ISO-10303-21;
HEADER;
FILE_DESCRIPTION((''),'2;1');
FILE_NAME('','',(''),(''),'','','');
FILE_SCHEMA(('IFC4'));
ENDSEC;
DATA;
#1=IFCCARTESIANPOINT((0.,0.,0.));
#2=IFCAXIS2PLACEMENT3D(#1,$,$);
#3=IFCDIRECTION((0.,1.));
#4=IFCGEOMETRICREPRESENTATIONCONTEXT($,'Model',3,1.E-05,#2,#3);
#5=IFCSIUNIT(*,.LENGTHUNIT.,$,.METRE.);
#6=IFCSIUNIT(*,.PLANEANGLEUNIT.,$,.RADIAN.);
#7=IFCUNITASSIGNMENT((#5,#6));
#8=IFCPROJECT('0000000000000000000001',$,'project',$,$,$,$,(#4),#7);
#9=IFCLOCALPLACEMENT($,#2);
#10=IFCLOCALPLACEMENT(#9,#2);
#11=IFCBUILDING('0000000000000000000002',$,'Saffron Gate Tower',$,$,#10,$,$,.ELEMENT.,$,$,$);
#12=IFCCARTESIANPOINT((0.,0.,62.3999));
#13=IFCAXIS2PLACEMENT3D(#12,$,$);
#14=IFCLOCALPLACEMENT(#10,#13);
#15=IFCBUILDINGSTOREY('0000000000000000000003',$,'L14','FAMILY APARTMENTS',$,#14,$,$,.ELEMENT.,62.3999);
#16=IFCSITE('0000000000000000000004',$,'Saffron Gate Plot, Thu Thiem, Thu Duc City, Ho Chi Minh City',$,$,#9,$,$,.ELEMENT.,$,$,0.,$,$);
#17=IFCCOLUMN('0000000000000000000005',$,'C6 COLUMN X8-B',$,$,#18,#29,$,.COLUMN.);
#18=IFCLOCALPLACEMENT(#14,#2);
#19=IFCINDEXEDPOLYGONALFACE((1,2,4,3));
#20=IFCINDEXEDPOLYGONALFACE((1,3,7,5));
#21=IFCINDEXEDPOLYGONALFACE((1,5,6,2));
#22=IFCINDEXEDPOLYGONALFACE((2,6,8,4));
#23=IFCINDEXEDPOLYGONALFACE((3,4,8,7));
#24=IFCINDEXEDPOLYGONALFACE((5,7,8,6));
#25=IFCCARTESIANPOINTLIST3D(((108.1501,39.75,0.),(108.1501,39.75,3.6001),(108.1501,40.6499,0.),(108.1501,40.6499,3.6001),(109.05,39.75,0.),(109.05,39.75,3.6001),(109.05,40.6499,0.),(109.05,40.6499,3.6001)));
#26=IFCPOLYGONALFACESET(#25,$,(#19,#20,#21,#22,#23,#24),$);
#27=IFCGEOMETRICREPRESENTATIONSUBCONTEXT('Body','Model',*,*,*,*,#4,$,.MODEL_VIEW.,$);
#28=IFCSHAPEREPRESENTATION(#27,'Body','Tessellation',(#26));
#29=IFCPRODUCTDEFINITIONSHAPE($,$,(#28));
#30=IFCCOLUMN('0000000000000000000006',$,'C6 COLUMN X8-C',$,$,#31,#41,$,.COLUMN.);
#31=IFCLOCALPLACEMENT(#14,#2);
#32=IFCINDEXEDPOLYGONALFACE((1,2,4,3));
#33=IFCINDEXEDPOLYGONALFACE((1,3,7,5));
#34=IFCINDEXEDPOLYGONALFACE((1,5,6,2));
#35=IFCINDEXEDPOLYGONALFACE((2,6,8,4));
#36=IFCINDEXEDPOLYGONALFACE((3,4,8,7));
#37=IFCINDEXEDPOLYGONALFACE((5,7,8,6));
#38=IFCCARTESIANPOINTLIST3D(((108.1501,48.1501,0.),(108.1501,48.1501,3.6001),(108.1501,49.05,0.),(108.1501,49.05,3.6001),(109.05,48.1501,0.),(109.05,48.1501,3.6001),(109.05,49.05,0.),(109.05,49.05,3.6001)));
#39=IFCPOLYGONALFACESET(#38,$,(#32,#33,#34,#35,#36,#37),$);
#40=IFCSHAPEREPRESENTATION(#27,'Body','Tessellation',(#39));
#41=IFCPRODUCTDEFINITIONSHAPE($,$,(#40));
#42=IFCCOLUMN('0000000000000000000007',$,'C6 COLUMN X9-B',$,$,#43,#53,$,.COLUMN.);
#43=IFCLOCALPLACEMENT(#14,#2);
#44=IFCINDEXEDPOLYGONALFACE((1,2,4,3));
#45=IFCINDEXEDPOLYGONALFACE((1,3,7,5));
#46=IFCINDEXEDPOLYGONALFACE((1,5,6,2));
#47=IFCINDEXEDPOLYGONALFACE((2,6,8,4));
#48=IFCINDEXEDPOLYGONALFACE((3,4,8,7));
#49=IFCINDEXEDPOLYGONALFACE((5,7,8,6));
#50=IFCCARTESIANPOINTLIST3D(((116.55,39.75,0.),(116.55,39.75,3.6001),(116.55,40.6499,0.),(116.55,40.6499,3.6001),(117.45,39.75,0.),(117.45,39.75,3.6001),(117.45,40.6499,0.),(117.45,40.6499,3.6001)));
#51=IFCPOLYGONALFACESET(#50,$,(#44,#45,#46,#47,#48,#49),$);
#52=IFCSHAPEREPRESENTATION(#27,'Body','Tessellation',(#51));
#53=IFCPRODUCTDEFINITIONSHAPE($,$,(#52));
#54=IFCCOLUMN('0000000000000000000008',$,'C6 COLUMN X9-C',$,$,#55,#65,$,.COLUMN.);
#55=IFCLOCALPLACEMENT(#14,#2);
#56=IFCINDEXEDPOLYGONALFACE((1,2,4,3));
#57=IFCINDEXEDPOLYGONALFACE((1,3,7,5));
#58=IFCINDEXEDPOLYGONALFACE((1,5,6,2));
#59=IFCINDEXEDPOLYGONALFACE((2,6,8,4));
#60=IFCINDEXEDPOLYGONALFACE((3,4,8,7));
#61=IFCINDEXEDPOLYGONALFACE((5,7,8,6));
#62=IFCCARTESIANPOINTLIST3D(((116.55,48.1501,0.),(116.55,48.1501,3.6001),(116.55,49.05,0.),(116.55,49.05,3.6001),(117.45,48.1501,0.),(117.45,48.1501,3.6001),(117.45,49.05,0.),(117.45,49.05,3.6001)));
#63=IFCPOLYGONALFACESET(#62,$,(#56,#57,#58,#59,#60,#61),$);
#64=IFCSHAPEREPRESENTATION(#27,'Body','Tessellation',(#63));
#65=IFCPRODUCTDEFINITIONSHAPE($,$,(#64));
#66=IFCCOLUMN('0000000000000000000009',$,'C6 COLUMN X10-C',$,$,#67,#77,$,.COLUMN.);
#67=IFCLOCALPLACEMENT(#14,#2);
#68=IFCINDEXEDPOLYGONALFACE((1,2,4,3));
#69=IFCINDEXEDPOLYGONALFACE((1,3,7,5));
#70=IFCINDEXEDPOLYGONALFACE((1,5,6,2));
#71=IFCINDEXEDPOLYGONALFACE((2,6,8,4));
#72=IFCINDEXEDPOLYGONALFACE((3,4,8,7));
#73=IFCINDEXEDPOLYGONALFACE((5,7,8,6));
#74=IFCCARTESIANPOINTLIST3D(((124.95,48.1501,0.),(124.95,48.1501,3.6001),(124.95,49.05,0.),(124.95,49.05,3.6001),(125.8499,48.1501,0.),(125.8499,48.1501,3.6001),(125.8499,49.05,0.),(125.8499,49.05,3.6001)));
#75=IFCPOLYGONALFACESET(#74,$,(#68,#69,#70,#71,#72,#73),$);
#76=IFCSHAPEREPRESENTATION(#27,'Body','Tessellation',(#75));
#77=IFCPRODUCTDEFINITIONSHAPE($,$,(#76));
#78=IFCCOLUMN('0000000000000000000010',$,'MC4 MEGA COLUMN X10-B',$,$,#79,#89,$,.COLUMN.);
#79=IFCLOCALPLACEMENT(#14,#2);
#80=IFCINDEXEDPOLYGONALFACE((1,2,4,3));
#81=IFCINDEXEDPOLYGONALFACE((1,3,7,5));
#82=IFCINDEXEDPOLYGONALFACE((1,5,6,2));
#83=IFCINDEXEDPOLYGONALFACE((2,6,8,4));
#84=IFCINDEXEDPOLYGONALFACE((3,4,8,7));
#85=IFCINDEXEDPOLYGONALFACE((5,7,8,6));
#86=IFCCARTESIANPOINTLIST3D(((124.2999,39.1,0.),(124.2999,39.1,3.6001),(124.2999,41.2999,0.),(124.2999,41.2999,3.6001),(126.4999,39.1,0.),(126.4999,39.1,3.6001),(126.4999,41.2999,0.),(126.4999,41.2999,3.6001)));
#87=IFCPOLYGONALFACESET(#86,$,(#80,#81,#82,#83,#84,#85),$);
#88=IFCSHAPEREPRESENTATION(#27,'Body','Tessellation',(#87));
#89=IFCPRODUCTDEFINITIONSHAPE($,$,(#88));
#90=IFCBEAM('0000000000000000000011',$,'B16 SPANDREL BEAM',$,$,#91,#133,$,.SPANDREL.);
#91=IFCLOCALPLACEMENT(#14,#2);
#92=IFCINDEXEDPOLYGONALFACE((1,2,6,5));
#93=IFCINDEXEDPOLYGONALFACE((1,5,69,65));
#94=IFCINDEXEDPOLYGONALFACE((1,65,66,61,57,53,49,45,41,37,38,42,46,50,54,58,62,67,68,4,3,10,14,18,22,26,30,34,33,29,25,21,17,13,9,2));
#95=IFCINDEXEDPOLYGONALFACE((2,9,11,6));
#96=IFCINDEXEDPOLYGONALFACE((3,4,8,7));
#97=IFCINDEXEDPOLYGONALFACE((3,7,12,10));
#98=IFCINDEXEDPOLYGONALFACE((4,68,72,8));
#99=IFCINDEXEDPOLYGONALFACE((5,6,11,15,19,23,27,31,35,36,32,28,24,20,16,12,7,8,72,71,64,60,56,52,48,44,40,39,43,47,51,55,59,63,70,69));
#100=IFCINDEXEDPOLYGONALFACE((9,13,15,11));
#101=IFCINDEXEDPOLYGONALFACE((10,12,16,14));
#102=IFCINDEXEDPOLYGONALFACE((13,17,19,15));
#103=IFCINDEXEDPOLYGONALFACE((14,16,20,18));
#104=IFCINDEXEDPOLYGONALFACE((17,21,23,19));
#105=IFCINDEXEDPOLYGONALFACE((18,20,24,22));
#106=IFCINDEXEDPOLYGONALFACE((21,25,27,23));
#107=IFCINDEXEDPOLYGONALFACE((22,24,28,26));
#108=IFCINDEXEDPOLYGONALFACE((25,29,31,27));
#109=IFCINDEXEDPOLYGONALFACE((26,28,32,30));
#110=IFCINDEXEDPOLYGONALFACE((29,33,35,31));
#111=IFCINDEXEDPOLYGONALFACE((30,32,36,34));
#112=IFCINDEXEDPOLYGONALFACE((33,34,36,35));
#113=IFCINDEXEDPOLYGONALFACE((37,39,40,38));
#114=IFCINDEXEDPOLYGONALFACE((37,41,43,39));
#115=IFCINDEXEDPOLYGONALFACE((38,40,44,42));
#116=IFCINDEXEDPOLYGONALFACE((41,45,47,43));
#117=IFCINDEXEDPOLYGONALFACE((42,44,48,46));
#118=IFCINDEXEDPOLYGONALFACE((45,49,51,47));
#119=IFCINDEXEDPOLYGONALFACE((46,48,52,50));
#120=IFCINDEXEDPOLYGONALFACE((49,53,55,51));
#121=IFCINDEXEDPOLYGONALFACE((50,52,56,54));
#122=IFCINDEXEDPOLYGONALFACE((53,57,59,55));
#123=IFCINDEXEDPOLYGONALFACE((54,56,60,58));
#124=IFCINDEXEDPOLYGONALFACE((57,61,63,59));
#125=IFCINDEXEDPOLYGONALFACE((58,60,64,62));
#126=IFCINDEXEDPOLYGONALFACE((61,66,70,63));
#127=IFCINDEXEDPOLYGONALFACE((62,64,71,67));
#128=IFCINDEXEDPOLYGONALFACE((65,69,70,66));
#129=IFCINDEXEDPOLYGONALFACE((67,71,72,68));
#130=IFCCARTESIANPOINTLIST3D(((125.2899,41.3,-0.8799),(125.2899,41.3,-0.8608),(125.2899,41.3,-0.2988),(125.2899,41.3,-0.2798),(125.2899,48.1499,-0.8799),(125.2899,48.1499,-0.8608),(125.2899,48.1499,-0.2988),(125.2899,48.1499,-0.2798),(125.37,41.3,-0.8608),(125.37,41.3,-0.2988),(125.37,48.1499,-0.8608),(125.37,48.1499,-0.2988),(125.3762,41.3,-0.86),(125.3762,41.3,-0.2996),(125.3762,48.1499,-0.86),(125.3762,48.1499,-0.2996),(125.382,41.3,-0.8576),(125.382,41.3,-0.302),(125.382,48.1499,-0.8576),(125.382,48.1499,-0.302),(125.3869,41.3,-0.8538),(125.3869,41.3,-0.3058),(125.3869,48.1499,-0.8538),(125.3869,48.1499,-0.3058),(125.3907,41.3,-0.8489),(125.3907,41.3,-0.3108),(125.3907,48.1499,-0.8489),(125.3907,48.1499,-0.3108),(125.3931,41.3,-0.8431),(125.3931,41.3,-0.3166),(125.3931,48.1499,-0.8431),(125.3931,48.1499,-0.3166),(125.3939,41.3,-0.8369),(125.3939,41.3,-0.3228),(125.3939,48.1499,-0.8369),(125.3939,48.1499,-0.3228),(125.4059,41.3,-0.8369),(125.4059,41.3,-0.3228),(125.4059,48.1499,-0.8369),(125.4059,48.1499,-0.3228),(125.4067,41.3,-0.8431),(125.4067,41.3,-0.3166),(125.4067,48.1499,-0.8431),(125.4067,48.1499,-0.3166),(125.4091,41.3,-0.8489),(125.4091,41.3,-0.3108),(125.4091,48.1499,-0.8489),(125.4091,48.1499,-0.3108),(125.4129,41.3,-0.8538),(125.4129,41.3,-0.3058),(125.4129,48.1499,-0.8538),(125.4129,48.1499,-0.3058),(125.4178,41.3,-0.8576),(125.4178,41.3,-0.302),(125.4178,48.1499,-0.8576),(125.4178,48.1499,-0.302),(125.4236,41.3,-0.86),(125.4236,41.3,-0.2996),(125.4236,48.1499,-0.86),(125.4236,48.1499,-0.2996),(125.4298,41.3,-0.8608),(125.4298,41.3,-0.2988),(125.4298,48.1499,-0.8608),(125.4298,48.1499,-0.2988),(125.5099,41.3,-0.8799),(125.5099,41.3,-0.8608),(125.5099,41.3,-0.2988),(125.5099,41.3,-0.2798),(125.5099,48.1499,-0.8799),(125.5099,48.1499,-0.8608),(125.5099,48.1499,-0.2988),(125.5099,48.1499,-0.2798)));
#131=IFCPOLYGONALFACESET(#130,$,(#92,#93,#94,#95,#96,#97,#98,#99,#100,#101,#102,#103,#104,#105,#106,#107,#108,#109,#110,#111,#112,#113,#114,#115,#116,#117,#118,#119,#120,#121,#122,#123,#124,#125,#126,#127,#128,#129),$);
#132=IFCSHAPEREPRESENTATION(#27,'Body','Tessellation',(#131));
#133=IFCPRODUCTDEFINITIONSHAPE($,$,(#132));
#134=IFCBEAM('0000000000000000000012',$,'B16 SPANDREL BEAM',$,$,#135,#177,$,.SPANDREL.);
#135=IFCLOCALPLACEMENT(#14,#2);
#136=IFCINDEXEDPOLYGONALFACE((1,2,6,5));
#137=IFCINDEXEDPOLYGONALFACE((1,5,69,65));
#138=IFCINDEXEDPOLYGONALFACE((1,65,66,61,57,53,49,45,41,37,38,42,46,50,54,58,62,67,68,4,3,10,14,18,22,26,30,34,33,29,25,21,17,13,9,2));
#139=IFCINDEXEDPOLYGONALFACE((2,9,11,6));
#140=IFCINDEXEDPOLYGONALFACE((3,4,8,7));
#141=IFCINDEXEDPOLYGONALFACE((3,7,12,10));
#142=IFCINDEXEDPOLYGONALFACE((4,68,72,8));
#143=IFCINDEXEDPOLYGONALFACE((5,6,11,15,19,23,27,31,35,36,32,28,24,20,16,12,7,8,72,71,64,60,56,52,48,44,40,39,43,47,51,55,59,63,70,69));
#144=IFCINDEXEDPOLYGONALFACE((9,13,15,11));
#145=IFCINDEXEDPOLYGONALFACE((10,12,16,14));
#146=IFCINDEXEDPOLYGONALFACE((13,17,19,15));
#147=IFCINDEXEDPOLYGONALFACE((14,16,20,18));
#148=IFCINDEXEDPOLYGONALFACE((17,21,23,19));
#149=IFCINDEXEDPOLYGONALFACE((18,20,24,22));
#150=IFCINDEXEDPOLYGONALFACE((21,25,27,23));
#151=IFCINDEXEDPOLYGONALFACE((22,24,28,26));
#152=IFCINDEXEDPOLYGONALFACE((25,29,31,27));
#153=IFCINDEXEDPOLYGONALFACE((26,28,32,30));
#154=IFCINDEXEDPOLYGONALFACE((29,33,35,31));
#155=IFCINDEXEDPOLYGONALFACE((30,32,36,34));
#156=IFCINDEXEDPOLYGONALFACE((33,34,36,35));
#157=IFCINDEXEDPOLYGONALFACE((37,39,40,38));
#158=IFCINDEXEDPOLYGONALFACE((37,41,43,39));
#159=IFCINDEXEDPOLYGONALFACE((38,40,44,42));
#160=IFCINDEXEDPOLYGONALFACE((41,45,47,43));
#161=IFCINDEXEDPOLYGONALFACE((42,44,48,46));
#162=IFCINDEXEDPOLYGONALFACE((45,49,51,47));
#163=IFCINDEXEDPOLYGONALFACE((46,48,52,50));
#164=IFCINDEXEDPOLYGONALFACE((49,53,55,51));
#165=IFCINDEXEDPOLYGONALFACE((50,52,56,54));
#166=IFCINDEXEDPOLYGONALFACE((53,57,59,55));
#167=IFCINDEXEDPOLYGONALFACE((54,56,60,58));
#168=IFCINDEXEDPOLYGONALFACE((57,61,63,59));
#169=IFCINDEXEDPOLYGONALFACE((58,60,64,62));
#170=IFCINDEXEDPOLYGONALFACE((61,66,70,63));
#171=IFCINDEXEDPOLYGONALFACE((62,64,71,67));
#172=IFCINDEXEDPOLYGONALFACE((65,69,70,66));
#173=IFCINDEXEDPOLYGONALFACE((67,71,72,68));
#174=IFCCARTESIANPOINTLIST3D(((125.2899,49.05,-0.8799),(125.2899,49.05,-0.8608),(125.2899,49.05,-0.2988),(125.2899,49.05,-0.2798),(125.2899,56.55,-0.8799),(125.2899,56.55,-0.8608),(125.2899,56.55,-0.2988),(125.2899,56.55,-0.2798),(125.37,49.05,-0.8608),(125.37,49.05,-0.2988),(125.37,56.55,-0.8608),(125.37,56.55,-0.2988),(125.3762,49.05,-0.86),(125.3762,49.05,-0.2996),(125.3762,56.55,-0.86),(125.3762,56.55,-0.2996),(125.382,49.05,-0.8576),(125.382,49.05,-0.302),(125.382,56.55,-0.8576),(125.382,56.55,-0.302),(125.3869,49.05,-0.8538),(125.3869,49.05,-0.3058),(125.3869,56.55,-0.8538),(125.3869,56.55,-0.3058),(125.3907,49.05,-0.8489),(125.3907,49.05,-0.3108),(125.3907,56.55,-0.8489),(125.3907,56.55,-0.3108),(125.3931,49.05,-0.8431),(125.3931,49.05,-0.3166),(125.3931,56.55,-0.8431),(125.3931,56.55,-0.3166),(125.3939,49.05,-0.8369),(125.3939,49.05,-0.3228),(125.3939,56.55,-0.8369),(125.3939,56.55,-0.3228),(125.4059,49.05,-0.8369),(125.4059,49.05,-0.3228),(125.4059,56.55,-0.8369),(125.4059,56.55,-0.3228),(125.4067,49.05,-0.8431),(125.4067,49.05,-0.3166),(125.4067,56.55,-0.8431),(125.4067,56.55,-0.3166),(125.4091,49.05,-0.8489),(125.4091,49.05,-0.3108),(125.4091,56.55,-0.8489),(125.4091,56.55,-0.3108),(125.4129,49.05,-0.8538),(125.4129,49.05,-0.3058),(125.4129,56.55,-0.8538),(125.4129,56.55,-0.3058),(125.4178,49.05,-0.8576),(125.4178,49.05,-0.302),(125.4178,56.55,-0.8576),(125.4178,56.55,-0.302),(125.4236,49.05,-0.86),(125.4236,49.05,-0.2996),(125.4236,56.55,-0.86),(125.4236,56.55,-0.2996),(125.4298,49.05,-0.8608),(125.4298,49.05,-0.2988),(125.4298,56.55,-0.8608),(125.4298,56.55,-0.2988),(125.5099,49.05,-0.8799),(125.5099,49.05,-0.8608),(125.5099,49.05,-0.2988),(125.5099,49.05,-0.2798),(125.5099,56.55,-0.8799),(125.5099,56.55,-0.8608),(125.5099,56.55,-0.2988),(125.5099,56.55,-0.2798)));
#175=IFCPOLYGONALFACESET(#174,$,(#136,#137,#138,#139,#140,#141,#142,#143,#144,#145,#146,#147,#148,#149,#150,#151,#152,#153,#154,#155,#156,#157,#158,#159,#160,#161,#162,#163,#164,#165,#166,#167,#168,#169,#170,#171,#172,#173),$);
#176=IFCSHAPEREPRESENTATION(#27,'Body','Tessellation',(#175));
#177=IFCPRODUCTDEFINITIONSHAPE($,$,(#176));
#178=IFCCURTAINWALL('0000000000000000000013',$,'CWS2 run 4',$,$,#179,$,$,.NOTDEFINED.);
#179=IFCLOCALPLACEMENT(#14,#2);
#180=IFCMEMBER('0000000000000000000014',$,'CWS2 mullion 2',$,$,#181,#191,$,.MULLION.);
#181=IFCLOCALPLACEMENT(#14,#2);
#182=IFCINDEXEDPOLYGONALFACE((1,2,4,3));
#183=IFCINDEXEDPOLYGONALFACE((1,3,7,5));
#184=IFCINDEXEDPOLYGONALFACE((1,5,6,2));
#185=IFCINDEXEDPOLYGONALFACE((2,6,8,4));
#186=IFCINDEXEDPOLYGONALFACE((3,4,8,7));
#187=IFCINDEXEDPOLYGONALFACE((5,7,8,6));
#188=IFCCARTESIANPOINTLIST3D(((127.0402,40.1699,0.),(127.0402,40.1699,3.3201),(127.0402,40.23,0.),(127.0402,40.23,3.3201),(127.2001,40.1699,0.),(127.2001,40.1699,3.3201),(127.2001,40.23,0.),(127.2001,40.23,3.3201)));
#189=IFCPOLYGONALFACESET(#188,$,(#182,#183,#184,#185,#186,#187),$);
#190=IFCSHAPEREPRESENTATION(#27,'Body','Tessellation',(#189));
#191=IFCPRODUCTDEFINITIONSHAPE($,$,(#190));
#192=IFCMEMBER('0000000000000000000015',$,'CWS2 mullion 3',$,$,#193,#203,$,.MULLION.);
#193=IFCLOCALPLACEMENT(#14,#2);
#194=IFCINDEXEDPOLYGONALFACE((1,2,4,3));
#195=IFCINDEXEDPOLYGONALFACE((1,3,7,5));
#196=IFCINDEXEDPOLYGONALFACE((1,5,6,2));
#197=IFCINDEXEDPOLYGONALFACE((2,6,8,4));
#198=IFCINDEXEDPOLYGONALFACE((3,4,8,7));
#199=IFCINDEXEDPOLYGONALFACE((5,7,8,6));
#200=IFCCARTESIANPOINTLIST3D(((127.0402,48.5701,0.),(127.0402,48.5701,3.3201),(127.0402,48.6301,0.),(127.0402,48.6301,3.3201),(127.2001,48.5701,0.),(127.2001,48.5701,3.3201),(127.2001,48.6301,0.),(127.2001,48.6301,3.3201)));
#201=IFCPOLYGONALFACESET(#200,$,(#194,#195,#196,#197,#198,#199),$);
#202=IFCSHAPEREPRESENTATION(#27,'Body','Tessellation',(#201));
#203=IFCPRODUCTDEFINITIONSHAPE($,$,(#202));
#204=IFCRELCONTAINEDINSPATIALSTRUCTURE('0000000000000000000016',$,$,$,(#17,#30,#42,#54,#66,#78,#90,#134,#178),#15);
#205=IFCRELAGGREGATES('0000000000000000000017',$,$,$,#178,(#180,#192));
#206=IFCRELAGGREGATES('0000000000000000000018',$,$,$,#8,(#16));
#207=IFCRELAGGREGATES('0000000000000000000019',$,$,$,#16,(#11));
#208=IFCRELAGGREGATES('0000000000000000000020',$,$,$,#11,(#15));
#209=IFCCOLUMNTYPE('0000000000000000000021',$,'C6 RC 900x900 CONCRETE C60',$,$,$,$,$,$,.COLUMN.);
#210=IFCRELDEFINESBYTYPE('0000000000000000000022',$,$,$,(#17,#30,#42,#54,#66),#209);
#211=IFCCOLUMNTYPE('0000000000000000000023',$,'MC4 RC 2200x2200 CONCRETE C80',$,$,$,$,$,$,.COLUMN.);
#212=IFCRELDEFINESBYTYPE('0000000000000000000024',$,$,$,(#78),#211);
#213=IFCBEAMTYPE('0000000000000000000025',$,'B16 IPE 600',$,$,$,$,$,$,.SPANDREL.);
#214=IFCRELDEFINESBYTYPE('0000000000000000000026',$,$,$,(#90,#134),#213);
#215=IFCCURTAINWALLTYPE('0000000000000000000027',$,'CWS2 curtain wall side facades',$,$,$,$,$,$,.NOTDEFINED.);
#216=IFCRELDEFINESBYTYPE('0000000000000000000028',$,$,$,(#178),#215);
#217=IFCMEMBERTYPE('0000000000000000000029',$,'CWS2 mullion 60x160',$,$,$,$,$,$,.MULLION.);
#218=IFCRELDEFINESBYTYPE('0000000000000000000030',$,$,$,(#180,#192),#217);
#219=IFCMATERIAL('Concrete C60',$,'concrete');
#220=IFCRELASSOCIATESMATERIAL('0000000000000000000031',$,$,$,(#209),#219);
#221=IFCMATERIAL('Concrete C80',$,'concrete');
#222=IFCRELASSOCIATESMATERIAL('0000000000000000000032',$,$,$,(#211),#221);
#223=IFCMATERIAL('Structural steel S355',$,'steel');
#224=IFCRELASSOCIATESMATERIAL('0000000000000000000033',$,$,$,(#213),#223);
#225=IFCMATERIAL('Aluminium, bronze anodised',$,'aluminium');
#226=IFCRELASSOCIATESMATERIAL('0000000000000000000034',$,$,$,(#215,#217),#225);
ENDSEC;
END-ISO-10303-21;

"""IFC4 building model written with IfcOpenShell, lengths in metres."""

from ifc_helpers import new_model, si_unit, direction, frame, origin, origin_2d, place, context, subcontext, project, spatial, rectangle, i_section, extrude, material, material_profile, profile_set, type_object, element, aggregate, save


model = new_model("IFC4")

# Units and contexts
model_context = context("Model", 3, precision=1e-05, world=origin(), true_north=direction((0.0, 1.0)))
body_context = subcontext(model_context, "Body", "Model", "MODEL_VIEW")
ifc_project = project(units=[si_unit("LENGTHUNIT", "METRE"), si_unit("PLANEANGLEUNIT", "RADIAN")], contexts=[model_context])

# Site, building, storey
site_placement = place(None, origin())
site = spatial("IfcSite", under=ifc_project, at=site_placement, Name="Saffron Gate Plot, Thu Thiem, Thu Duc City, Ho Chi Minh City", CompositionType="ELEMENT", RefElevation=0.0)
building_placement = place(site_placement, origin())
building = spatial("IfcBuilding", under=site, at=building_placement, Name="Saffron Gate Tower", CompositionType="ELEMENT")
storey_placement = place(building_placement, frame((0.0, 0.0, 62.3999)))
storey = spatial("IfcBuildingStorey", under=building, at=storey_placement, Name="L14", Description="FAMILY APARTMENTS", CompositionType="ELEMENT", Elevation=62.3999)

# Columns
ifc_material_1 = material(Name="Concrete C60", Category="concrete")
ifc_material_profile_1 = material_profile(ifc_material_1, rectangle(XDim=0.8999, YDim=0.8999, at=origin_2d()))
ifc_profile_set_1 = profile_set([ifc_material_profile_1], Name="Concrete C60")
column_type_1 = type_object("IfcColumnType", Name="C6 RC 900x900 CONCRETE C60", PredefinedType="COLUMN", material=ifc_profile_set_1)
for number, where, z_axis, x_axis, name in (
    (1, (108.6001, 40.2, 0.0), (0.0, 0.0, 1.0), (1.0, 0.0, 0.0), "C6 COLUMN X8-B"),
    (2, (108.6001, 48.6001, 0.0), (0.0, 0.0, 1.0), (1.0, 0.0, 0.0), "C6 COLUMN X8-C"),
    (3, (117.0, 40.2, 0.0), (0.0, 0.0, 1.0), (1.0, 0.0, 0.0), "C6 COLUMN X9-B"),
    (4, (117.0, 48.6001, 0.0), (0.0, 0.0, 1.0), (1.0, 0.0, 0.0), "C6 COLUMN X9-C"),
    (5, (125.3999, 48.6001, 0.0), (0.0, 0.0, 1.0), (1.0, 0.0, 0.0), "C6 COLUMN X10-C"),
):
    element("IfcColumn", number, at=place(storey_placement, frame(where, z_axis=z_axis, x_axis=x_axis)), inside=storey, type_object=column_type_1, Name=name, PredefinedType="COLUMN", context=body_context, shape_type="SweptSolid", body=[
        extrude(rectangle(XDim=0.8999, YDim=0.8999, at=origin_2d()), origin(), (0.0, 0.0, 1.0), 3.6001),
    ])
ifc_material_2 = material(Name="Concrete C80", Category="concrete")
ifc_material_profile_2 = material_profile(ifc_material_2, rectangle(XDim=2.2, YDim=2.2, at=origin_2d()))
ifc_profile_set_2 = profile_set([ifc_material_profile_2], Name="Concrete C80")
column_type_2 = type_object("IfcColumnType", Name="MC4 RC 2200x2200 CONCRETE C80", PredefinedType="COLUMN", material=ifc_profile_set_2)
column_placement = place(storey_placement, frame((125.3999, 40.2, 0.0), z_axis=(0.0, 0.0, 1.0), x_axis=(1.0, 0.0, 0.0)))
element("IfcColumn", 6, at=column_placement, inside=storey, type_object=column_type_2, Name="MC4 MEGA COLUMN X10-B", PredefinedType="COLUMN", context=body_context, shape_type="SweptSolid", body=[
    extrude(rectangle(XDim=2.2, YDim=2.2, at=origin_2d()), origin(), (0.0, 0.0, 1.0), 3.6001),
])

# Beams
ifc_material_3 = material(Name="Structural steel S355", Category="steel")
ifc_material_profile_3 = material_profile(ifc_material_3, i_section(OverallWidth=0.22, OverallDepth=0.6001, WebThickness=0.012, FlangeThickness=0.019, FilletRadius=0.0239, at=origin_2d()))
ifc_profile_set_3 = profile_set([ifc_material_profile_3], Name="Structural steel S355")
beam_type = type_object("IfcBeamType", Name="B16 IPE 600", PredefinedType="SPANDREL", material=ifc_profile_set_3)
beam_1_placement = place(storey_placement, frame((125.3999, 41.3, -0.5798), z_axis=(0.0, 1.0, 0.0), x_axis=(-1.0, 0.0, 0.0)))
element("IfcBeam", 7, at=beam_1_placement, inside=storey, type_object=beam_type, Name="B16 SPANDREL BEAM", PredefinedType="SPANDREL", context=body_context, shape_type="SweptSolid", body=[
    extrude(i_section(OverallWidth=0.22, OverallDepth=0.6001, WebThickness=0.012, FlangeThickness=0.019, FilletRadius=0.0239, at=origin_2d()), origin(), (0.0, 0.0, 1.0), 6.8499),
])
beam_2_placement = place(storey_placement, frame((125.3999, 49.05, -0.5798), z_axis=(0.0, 1.0, 0.0), x_axis=(-1.0, 0.0, 0.0)))
element("IfcBeam", 8, at=beam_2_placement, inside=storey, type_object=beam_type, Name="B16 SPANDREL BEAM", PredefinedType="SPANDREL", context=body_context, shape_type="SweptSolid", body=[
    extrude(i_section(OverallWidth=0.22, OverallDepth=0.6001, WebThickness=0.012, FlangeThickness=0.019, FilletRadius=0.0239, at=origin_2d()), origin(), (0.0, 0.0, 1.0), 7.5),
])

# Curtain wall, members
ifc_material_4 = material(Name="Aluminium, bronze anodised", Category="aluminium")
curtain_wall_type = type_object("IfcCurtainWallType", Name="CWS2 curtain wall side facades", PredefinedType="NOTDEFINED", material=ifc_material_4)
curtain_wall_placement = place(storey_placement, origin())
curtain_wall = element("IfcCurtainWall", 9, at=curtain_wall_placement, inside=storey, type_object=curtain_wall_type, Name="CWS2 run 4", PredefinedType="NOTDEFINED")
ifc_material_profile_4 = material_profile(ifc_material_4, rectangle(XDim=0.1599, YDim=0.0601, at=origin_2d()))
ifc_profile_set_4 = profile_set([ifc_material_profile_4], Name="Aluminium, bronze anodised")
member_type = type_object("IfcMemberType", Name="CWS2 mullion 60x160", PredefinedType="MULLION", material=ifc_profile_set_4)
member_1_placement = place(storey_placement, frame((127.1201, 40.2, 0.0), z_axis=(0.0, 0.0, 1.0), x_axis=(-1.0, 0.0, 0.0)))
member_1 = element("IfcMember", 10, at=member_1_placement, type_object=member_type, Name="CWS2 mullion 2", PredefinedType="MULLION", context=body_context, shape_type="SweptSolid", body=[
    extrude(rectangle(XDim=0.1599, YDim=0.0601, at=origin_2d()), origin(), (0.0, 0.0, 1.0), 3.3201),
])
member_2_placement = place(storey_placement, frame((127.1201, 48.6001, 0.0), z_axis=(0.0, 0.0, 1.0), x_axis=(-1.0, 0.0, 0.0)))
member_2 = element("IfcMember", 11, at=member_2_placement, type_object=member_type, Name="CWS2 mullion 3", PredefinedType="MULLION", context=body_context, shape_type="SweptSolid", body=[
    extrude(rectangle(XDim=0.1599, YDim=0.0601, at=origin_2d()), origin(), (0.0, 0.0, 1.0), 3.3201),
])
aggregate(curtain_wall, [member_1, member_2])

save(model, "model.ifc")
